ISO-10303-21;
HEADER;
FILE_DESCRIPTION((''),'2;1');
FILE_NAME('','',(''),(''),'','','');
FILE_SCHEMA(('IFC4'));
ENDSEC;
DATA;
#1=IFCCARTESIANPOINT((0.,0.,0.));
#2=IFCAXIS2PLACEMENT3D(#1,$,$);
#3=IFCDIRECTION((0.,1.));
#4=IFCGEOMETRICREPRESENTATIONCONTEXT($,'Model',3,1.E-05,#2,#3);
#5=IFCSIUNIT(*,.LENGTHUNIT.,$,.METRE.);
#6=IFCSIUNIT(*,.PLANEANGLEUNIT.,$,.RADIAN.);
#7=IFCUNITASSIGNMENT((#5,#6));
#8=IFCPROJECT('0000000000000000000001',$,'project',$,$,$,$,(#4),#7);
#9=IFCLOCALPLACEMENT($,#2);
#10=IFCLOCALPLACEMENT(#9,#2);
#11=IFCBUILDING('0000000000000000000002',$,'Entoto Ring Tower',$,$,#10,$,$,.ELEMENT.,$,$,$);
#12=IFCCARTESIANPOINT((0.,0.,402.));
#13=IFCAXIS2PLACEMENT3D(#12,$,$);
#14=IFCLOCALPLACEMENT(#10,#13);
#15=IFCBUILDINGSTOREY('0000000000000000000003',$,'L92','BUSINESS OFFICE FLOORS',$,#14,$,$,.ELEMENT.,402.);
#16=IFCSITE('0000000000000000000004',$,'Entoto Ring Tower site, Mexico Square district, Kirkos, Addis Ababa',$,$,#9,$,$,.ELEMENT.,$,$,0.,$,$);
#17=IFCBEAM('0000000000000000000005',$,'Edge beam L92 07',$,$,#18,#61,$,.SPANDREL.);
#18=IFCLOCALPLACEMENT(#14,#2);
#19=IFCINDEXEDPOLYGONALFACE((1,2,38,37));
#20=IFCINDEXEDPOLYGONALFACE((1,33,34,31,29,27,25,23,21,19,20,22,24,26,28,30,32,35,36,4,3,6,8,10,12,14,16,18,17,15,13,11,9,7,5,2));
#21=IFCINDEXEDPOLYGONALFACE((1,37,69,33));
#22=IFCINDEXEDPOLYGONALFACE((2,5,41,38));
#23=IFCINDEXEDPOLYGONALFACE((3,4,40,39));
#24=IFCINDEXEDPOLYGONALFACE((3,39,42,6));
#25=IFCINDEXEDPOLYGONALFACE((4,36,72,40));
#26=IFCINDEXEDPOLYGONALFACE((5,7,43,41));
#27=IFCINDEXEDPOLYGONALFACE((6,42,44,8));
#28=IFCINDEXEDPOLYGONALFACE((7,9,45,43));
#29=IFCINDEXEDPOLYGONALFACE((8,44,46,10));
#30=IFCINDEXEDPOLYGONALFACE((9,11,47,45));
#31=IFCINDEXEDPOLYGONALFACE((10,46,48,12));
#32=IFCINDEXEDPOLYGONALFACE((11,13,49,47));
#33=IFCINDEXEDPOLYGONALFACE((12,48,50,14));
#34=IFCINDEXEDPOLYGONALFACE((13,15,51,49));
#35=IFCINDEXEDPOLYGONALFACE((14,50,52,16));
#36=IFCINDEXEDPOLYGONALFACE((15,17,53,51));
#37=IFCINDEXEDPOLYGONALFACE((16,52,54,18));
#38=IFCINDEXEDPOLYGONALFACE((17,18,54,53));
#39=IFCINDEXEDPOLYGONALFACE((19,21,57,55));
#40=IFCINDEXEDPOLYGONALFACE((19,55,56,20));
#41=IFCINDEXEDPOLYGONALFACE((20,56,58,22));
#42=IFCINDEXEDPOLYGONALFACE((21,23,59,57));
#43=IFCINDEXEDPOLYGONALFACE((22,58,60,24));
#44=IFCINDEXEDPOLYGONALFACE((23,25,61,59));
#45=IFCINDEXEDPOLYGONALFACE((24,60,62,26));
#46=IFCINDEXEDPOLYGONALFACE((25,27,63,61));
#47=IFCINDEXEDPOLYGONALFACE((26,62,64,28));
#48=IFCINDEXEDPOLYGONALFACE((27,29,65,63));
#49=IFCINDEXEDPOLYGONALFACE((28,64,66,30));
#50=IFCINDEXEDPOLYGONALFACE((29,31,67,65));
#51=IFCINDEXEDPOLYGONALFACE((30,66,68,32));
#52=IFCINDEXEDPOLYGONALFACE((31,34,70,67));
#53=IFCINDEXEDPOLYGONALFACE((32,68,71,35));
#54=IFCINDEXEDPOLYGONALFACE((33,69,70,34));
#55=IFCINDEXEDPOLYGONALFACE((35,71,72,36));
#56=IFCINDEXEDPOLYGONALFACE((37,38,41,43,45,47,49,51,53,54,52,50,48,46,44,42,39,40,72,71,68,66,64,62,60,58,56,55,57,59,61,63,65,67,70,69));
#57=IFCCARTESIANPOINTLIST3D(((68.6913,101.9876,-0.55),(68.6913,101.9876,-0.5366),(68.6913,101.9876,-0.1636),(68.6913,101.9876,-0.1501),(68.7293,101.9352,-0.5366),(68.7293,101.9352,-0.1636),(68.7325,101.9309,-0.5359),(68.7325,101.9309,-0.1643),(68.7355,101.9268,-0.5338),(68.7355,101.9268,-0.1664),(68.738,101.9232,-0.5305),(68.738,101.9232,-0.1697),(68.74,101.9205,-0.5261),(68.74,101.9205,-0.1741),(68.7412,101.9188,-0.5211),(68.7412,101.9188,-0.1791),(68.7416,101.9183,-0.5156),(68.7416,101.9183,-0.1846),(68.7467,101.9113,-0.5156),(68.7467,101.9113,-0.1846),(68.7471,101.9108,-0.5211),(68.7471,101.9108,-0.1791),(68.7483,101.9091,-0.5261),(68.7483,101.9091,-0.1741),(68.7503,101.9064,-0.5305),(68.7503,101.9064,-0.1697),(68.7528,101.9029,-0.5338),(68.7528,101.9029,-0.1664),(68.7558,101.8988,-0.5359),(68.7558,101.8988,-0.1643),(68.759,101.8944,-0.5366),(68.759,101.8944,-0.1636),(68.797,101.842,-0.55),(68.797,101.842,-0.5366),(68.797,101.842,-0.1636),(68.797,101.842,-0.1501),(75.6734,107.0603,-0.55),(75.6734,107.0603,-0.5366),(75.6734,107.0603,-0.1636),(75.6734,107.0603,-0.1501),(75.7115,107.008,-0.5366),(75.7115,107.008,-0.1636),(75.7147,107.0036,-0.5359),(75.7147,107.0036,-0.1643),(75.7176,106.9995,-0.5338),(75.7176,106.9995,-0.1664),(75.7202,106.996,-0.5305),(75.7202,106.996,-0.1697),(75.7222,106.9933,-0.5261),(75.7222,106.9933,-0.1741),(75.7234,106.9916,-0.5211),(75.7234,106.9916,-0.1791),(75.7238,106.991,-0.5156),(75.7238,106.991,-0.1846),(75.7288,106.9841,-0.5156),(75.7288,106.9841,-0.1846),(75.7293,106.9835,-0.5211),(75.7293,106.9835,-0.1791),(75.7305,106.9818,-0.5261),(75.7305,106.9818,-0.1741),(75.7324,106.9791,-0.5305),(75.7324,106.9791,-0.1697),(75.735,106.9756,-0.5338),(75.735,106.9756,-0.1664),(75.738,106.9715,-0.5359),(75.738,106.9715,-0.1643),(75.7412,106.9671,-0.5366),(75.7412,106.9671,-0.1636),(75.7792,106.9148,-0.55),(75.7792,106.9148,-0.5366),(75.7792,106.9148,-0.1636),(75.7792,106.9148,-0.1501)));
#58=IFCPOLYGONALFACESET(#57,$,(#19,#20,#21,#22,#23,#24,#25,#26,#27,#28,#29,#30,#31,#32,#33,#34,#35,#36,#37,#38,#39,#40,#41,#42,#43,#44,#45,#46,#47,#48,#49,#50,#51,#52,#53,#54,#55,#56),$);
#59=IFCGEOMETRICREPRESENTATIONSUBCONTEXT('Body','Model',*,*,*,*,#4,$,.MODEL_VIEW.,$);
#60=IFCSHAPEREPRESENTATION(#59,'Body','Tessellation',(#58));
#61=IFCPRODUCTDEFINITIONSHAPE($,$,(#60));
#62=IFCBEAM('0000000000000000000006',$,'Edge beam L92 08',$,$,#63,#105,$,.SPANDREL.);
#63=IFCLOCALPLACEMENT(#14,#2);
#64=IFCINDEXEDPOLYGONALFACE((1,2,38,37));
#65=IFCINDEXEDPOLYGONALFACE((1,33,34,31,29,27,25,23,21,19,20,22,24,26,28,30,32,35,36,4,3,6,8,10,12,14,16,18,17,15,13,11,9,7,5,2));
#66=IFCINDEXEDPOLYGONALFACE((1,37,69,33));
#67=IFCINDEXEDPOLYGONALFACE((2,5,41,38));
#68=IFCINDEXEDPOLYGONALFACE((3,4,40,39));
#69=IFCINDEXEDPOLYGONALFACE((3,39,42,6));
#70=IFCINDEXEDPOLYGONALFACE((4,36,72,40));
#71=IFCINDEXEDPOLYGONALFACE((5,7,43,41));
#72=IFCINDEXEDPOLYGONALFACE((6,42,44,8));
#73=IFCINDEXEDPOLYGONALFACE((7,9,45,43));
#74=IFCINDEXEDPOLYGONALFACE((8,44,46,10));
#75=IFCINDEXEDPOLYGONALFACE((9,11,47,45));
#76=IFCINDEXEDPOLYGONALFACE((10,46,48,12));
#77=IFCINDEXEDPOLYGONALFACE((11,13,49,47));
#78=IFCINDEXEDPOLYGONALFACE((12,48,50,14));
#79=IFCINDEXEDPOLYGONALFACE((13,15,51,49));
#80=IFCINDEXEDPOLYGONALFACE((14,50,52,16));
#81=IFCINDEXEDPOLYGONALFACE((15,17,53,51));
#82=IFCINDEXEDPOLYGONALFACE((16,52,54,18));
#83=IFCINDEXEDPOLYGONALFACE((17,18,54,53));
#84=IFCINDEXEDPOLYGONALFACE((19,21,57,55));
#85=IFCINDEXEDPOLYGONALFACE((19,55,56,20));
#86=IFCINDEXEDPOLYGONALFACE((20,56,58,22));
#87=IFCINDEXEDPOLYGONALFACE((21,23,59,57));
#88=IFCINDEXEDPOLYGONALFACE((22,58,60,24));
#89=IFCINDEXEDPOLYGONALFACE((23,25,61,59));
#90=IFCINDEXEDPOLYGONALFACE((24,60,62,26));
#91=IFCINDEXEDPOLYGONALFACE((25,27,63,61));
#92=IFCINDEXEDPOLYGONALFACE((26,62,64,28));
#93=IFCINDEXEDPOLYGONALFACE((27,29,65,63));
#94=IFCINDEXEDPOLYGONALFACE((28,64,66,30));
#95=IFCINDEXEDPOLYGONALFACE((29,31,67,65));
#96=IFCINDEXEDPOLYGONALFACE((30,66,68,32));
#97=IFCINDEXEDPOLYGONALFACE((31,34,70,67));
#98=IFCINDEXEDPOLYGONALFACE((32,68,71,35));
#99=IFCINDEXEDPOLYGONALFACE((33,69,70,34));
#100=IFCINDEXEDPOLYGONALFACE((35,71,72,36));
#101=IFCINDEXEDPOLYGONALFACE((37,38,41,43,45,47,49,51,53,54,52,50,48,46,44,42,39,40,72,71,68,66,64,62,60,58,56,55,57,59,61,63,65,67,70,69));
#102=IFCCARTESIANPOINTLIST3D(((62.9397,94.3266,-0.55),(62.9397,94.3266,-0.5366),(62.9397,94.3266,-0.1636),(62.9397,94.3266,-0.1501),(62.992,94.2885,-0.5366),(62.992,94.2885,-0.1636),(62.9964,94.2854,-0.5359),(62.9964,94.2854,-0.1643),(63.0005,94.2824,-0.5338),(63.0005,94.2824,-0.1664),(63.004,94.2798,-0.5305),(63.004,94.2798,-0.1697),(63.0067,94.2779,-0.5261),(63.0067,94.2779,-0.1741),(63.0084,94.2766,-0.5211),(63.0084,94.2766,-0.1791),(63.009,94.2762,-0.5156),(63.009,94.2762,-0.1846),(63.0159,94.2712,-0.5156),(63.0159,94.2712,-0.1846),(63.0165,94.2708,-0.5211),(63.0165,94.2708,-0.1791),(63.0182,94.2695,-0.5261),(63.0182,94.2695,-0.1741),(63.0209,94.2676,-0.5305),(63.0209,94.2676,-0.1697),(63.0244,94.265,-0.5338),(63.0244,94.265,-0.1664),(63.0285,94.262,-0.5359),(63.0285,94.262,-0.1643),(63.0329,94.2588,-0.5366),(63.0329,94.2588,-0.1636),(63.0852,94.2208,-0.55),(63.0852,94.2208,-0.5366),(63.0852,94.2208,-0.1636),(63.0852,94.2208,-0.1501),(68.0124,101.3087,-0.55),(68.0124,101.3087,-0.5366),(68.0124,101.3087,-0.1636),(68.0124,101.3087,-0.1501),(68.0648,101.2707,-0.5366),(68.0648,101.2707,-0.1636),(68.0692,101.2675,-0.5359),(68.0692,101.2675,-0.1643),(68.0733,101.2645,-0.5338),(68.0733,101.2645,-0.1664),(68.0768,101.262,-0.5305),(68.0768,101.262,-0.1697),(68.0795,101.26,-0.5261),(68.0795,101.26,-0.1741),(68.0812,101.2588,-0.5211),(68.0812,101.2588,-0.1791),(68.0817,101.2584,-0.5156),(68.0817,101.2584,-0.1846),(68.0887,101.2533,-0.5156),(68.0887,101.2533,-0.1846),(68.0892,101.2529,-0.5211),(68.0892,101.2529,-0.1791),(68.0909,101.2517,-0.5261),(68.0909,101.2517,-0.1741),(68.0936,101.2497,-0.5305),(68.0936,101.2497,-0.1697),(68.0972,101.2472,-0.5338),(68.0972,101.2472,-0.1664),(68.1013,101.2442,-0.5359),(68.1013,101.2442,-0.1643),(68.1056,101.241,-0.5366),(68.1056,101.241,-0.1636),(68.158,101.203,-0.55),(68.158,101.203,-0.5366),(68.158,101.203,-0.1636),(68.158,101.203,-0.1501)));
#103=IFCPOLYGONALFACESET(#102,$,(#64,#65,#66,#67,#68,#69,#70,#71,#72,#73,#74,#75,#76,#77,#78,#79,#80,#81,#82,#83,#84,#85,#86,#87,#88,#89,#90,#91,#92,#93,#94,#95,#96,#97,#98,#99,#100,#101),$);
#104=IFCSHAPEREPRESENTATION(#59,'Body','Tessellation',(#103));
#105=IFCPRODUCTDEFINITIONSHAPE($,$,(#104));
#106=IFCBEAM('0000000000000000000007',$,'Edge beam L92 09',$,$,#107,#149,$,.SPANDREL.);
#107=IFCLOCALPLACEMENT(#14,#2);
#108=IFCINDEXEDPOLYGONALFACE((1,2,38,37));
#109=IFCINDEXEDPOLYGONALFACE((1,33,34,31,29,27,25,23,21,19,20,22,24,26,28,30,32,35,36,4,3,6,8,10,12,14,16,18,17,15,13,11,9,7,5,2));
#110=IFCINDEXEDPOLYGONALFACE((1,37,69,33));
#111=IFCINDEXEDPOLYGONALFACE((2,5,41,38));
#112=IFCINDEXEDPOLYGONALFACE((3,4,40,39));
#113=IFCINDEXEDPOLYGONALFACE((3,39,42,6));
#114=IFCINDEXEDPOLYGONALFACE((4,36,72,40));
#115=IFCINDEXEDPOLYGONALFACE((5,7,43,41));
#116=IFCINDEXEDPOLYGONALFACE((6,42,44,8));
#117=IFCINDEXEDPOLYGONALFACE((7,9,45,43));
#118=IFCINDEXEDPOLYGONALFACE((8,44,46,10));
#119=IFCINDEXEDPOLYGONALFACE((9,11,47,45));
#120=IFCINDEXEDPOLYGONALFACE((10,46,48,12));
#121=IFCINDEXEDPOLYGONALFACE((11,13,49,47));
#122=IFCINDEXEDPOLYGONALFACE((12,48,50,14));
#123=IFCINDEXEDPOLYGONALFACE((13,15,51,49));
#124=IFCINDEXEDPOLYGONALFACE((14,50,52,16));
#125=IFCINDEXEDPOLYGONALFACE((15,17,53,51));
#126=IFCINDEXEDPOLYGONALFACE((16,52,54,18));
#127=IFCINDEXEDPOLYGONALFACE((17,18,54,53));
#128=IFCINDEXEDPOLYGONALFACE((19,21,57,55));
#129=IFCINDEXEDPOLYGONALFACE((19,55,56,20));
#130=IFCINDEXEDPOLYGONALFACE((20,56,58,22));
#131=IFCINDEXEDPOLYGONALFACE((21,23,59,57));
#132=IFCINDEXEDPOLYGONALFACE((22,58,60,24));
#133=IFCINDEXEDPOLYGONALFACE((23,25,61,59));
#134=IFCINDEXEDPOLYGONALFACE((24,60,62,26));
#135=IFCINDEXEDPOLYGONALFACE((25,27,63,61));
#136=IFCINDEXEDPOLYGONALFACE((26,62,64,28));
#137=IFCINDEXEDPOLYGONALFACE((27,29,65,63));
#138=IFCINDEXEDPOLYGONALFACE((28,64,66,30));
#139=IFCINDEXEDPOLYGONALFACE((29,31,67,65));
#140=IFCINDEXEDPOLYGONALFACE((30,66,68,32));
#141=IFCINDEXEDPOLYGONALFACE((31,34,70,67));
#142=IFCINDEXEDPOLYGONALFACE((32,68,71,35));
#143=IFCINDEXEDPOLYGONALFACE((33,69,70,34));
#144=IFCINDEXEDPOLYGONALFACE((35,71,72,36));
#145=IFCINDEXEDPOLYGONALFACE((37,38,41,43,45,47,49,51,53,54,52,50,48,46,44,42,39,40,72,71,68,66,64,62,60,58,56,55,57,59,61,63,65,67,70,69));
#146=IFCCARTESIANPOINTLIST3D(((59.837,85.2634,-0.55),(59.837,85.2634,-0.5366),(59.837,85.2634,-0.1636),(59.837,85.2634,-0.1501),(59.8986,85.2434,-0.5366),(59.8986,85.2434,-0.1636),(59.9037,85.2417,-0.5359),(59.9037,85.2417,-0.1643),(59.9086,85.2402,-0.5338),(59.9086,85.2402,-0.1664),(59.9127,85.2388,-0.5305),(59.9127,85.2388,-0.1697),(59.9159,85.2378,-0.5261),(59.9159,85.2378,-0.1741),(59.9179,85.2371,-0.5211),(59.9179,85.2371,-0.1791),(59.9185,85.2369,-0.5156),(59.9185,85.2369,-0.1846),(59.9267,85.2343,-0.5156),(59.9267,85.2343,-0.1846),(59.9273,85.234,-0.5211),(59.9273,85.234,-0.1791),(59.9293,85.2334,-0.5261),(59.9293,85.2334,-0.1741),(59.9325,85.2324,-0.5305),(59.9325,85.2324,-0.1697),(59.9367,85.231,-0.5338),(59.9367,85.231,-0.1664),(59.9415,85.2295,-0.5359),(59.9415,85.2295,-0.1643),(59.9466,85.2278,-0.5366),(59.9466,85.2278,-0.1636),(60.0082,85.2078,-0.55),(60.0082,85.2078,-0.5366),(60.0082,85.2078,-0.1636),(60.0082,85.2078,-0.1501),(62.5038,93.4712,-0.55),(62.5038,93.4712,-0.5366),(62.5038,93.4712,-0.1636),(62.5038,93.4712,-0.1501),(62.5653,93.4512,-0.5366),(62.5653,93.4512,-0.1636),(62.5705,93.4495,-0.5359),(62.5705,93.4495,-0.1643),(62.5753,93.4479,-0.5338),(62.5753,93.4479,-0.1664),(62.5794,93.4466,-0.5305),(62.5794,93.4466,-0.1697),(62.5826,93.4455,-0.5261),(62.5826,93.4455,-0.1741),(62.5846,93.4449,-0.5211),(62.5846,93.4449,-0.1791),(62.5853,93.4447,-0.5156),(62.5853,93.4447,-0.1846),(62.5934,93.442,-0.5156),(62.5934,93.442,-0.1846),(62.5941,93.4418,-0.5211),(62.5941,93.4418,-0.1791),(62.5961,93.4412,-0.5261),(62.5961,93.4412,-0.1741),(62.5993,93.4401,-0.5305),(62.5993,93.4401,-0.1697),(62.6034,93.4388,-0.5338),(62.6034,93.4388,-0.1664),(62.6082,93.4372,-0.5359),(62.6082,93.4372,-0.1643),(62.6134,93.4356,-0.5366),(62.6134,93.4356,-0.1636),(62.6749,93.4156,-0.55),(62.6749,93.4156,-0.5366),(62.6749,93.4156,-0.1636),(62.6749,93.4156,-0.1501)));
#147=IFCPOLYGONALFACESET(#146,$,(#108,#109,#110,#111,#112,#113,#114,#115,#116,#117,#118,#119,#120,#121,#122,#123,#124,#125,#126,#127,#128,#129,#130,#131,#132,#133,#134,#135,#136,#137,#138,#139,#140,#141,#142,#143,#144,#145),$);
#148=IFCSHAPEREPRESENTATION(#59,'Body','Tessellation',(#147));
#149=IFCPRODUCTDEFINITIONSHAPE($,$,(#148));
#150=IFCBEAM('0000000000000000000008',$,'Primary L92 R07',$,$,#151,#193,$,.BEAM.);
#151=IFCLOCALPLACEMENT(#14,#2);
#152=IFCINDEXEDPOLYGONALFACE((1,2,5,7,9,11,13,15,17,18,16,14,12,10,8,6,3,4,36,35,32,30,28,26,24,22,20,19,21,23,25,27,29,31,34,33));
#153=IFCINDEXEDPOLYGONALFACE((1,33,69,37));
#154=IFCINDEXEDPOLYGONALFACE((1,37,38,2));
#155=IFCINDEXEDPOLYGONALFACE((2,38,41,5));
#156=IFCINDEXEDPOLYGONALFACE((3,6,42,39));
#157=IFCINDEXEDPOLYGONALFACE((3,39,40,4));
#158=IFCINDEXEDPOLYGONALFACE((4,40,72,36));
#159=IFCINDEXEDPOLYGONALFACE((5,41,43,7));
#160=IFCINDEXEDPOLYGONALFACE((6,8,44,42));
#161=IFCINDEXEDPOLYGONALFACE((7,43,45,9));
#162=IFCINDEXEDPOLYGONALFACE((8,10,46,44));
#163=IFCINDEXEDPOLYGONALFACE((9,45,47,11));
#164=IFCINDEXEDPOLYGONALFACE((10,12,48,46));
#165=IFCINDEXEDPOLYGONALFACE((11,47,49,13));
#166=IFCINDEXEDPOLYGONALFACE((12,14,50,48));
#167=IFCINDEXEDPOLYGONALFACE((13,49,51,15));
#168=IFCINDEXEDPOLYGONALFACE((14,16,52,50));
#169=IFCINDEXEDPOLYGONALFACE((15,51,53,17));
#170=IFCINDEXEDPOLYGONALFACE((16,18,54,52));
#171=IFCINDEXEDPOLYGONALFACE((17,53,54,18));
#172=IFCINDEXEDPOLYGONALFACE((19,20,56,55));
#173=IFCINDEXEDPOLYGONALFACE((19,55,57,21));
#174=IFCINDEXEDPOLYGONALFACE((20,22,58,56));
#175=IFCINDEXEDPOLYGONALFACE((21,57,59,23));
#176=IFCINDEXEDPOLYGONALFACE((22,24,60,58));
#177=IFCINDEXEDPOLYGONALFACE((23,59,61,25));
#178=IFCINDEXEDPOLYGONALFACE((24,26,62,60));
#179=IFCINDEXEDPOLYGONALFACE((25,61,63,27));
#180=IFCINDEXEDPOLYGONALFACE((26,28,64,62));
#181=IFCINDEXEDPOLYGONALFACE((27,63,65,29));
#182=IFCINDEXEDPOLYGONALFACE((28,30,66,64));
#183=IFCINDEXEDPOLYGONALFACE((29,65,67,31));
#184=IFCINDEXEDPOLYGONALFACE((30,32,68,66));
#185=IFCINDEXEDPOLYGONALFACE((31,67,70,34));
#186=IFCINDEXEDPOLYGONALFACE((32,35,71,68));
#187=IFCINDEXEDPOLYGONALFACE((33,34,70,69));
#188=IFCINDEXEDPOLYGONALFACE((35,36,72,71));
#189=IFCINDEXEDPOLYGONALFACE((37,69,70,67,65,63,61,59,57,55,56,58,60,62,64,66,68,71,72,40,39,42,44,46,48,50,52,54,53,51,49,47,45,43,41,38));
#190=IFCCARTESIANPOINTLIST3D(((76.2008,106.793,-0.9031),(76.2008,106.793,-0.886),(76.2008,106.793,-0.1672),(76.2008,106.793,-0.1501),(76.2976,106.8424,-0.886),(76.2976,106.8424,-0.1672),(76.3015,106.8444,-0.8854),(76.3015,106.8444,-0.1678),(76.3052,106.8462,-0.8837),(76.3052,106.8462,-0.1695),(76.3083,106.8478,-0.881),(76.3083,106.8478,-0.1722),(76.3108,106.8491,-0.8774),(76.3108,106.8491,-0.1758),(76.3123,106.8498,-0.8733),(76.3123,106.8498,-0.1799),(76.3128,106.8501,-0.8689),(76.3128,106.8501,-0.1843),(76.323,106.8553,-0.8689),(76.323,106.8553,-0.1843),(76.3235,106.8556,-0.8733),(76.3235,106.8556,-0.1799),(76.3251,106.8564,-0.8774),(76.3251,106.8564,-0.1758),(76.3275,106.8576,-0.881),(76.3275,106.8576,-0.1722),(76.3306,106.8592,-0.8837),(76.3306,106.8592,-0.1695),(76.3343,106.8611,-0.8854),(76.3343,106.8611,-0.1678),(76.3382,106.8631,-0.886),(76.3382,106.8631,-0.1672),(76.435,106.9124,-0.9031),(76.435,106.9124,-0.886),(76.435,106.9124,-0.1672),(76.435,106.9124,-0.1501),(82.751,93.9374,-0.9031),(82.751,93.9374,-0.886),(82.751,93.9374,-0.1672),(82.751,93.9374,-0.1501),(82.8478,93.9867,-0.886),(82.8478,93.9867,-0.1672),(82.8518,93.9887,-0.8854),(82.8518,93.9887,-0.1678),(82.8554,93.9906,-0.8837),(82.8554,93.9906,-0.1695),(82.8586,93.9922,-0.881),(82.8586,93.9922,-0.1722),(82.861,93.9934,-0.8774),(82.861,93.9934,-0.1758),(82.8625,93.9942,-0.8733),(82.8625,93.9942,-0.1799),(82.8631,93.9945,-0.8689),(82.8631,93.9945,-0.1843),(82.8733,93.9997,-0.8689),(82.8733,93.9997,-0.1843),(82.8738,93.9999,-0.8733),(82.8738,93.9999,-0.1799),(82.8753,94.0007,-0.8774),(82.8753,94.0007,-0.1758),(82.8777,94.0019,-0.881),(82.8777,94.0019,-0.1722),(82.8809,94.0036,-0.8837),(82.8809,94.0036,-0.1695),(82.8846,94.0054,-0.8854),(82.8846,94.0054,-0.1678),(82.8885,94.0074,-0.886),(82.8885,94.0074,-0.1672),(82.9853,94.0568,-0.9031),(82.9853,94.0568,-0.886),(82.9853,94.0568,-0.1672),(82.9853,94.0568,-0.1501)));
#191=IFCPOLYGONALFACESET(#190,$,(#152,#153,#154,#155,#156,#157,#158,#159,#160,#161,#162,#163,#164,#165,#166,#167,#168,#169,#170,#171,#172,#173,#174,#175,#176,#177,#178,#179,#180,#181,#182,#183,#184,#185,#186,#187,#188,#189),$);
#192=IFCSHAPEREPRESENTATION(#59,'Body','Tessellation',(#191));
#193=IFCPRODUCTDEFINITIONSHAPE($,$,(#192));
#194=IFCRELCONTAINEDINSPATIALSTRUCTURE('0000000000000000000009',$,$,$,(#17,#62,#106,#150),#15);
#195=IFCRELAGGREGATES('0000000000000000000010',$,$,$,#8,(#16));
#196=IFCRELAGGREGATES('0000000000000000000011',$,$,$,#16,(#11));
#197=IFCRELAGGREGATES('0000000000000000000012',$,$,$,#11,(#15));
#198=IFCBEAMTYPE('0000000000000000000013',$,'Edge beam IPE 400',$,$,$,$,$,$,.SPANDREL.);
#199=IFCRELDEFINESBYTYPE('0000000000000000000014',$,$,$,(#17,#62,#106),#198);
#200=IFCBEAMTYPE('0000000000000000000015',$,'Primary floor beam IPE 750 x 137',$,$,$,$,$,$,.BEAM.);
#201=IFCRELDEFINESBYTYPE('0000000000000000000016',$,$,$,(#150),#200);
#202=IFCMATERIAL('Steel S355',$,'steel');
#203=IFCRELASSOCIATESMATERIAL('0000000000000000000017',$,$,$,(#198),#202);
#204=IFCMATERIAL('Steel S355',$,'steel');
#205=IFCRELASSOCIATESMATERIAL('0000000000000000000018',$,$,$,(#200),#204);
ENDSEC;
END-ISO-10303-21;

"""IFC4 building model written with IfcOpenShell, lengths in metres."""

from ifc_helpers import new_model, si_unit, direction, frame, origin, origin_2d, place, context, subcontext, project, spatial, i_section, extrude, material, material_profile, profile_set, type_object, element, save


model = new_model("IFC4")

# Units and contexts
model_context = context("Model", 3, precision=1e-05, world=origin(), true_north=direction((0.0, 1.0)))
body_context = subcontext(model_context, "Body", "Model", "MODEL_VIEW")
ifc_project = project(units=[si_unit("LENGTHUNIT", "METRE"), si_unit("PLANEANGLEUNIT", "RADIAN")], contexts=[model_context])

# Site, building, storey
site_placement = place(None, origin())
site = spatial("IfcSite", under=ifc_project, at=site_placement, Name="Entoto Ring Tower site, Mexico Square district, Kirkos, Addis Ababa", CompositionType="ELEMENT", RefElevation=0.0)
building_placement = place(site_placement, origin())
building = spatial("IfcBuilding", under=site, at=building_placement, Name="Entoto Ring Tower", CompositionType="ELEMENT")
storey_placement = place(building_placement, frame((0.0, 0.0, 402.0)))
storey = spatial("IfcBuildingStorey", under=building, at=storey_placement, Name="L92", Description="BUSINESS OFFICE FLOORS", CompositionType="ELEMENT", Elevation=402.0)

# Beams
ifc_material_1 = material(Name="Steel S355", Category="steel")
ifc_material_profile_1 = material_profile(ifc_material_1, i_section(OverallWidth=0.1799, OverallDepth=0.3999, WebThickness=0.0085, FlangeThickness=0.0134, FilletRadius=0.021, at=origin_2d()), Name="IPE 400")
ifc_profile_set_1 = profile_set([ifc_material_profile_1], Name="Steel S355")
beam_type_1 = type_object("IfcBeamType", Name="Edge beam IPE 400", PredefinedType="SPANDREL", material=ifc_profile_set_1)
for number, where, z_axis, x_axis, name in (
    (1, (75.7263, 106.9875, -0.3501), (-0.809022, -0.587778, 0.0), (0.587778, -0.809022, 0.0), "Edge beam L92 07"),
    (2, (68.0852, 101.2559, -0.3501), (-0.587778, -0.809022, 0.0), (0.809022, -0.587778, 0.0), "Edge beam L92 08"),
):
    element("IfcBeam", number, at=place(storey_placement, frame(where, z_axis=z_axis, x_axis=x_axis)), inside=storey, type_object=beam_type_1, Name=name, PredefinedType="SPANDREL", context=body_context, shape_type="SweptSolid", body=[
        extrude(i_section(OverallWidth=0.1799, OverallDepth=0.3999, WebThickness=0.0085, FlangeThickness=0.0134, FilletRadius=0.021, at=origin_2d()), origin(), (0.0, 0.0, 1.0), 8.6304),
    ])
beam_1_placement = place(storey_placement, frame((62.5894, 93.4434, -0.3501), z_axis=(-0.309005, -0.95106, 0.0), x_axis=(0.95106, -0.309005, 0.0)))
element("IfcBeam", 3, at=beam_1_placement, inside=storey, type_object=beam_type_1, Name="Edge beam L92 09", PredefinedType="SPANDREL", context=body_context, shape_type="SweptSolid", body=[
    extrude(i_section(OverallWidth=0.1799, OverallDepth=0.3999, WebThickness=0.0085, FlangeThickness=0.0134, FilletRadius=0.021, at=origin_2d()), origin(), (0.0, 0.0, 1.0), 8.6301),
])
ifc_material_2 = material(Name="Steel S355", Category="steel")
ifc_material_profile_2 = material_profile(ifc_material_2, i_section(OverallWidth=0.2629, OverallDepth=0.7529, WebThickness=0.0115, FlangeThickness=0.0171, FilletRadius=0.0171, at=origin_2d()), Name="IPE 750 x 137")
ifc_profile_set_2 = profile_set([ifc_material_profile_2], Name="Steel S355")
beam_type_2 = type_object("IfcBeamType", Name="Primary floor beam IPE 750 x 137", PredefinedType="BEAM", material=ifc_profile_set_2)
beam_2_placement = place(storey_placement, frame((82.8682, 93.9971, -0.5266), z_axis=(-0.453989, 0.891007, 0.0), x_axis=(-0.891007, -0.453989, 0.0)))
element("IfcBeam", 4, at=beam_2_placement, inside=storey, type_object=beam_type_2, Name="Primary L92 R07", PredefinedType="BEAM", context=body_context, shape_type="SweptSolid", body=[
    extrude(i_section(OverallWidth=0.2629, OverallDepth=0.7529, WebThickness=0.0115, FlangeThickness=0.0171, FilletRadius=0.0171, at=origin_2d()), origin(), (0.0, 0.0, 1.0), 14.4282),
])

save(model, "model.ifc")
